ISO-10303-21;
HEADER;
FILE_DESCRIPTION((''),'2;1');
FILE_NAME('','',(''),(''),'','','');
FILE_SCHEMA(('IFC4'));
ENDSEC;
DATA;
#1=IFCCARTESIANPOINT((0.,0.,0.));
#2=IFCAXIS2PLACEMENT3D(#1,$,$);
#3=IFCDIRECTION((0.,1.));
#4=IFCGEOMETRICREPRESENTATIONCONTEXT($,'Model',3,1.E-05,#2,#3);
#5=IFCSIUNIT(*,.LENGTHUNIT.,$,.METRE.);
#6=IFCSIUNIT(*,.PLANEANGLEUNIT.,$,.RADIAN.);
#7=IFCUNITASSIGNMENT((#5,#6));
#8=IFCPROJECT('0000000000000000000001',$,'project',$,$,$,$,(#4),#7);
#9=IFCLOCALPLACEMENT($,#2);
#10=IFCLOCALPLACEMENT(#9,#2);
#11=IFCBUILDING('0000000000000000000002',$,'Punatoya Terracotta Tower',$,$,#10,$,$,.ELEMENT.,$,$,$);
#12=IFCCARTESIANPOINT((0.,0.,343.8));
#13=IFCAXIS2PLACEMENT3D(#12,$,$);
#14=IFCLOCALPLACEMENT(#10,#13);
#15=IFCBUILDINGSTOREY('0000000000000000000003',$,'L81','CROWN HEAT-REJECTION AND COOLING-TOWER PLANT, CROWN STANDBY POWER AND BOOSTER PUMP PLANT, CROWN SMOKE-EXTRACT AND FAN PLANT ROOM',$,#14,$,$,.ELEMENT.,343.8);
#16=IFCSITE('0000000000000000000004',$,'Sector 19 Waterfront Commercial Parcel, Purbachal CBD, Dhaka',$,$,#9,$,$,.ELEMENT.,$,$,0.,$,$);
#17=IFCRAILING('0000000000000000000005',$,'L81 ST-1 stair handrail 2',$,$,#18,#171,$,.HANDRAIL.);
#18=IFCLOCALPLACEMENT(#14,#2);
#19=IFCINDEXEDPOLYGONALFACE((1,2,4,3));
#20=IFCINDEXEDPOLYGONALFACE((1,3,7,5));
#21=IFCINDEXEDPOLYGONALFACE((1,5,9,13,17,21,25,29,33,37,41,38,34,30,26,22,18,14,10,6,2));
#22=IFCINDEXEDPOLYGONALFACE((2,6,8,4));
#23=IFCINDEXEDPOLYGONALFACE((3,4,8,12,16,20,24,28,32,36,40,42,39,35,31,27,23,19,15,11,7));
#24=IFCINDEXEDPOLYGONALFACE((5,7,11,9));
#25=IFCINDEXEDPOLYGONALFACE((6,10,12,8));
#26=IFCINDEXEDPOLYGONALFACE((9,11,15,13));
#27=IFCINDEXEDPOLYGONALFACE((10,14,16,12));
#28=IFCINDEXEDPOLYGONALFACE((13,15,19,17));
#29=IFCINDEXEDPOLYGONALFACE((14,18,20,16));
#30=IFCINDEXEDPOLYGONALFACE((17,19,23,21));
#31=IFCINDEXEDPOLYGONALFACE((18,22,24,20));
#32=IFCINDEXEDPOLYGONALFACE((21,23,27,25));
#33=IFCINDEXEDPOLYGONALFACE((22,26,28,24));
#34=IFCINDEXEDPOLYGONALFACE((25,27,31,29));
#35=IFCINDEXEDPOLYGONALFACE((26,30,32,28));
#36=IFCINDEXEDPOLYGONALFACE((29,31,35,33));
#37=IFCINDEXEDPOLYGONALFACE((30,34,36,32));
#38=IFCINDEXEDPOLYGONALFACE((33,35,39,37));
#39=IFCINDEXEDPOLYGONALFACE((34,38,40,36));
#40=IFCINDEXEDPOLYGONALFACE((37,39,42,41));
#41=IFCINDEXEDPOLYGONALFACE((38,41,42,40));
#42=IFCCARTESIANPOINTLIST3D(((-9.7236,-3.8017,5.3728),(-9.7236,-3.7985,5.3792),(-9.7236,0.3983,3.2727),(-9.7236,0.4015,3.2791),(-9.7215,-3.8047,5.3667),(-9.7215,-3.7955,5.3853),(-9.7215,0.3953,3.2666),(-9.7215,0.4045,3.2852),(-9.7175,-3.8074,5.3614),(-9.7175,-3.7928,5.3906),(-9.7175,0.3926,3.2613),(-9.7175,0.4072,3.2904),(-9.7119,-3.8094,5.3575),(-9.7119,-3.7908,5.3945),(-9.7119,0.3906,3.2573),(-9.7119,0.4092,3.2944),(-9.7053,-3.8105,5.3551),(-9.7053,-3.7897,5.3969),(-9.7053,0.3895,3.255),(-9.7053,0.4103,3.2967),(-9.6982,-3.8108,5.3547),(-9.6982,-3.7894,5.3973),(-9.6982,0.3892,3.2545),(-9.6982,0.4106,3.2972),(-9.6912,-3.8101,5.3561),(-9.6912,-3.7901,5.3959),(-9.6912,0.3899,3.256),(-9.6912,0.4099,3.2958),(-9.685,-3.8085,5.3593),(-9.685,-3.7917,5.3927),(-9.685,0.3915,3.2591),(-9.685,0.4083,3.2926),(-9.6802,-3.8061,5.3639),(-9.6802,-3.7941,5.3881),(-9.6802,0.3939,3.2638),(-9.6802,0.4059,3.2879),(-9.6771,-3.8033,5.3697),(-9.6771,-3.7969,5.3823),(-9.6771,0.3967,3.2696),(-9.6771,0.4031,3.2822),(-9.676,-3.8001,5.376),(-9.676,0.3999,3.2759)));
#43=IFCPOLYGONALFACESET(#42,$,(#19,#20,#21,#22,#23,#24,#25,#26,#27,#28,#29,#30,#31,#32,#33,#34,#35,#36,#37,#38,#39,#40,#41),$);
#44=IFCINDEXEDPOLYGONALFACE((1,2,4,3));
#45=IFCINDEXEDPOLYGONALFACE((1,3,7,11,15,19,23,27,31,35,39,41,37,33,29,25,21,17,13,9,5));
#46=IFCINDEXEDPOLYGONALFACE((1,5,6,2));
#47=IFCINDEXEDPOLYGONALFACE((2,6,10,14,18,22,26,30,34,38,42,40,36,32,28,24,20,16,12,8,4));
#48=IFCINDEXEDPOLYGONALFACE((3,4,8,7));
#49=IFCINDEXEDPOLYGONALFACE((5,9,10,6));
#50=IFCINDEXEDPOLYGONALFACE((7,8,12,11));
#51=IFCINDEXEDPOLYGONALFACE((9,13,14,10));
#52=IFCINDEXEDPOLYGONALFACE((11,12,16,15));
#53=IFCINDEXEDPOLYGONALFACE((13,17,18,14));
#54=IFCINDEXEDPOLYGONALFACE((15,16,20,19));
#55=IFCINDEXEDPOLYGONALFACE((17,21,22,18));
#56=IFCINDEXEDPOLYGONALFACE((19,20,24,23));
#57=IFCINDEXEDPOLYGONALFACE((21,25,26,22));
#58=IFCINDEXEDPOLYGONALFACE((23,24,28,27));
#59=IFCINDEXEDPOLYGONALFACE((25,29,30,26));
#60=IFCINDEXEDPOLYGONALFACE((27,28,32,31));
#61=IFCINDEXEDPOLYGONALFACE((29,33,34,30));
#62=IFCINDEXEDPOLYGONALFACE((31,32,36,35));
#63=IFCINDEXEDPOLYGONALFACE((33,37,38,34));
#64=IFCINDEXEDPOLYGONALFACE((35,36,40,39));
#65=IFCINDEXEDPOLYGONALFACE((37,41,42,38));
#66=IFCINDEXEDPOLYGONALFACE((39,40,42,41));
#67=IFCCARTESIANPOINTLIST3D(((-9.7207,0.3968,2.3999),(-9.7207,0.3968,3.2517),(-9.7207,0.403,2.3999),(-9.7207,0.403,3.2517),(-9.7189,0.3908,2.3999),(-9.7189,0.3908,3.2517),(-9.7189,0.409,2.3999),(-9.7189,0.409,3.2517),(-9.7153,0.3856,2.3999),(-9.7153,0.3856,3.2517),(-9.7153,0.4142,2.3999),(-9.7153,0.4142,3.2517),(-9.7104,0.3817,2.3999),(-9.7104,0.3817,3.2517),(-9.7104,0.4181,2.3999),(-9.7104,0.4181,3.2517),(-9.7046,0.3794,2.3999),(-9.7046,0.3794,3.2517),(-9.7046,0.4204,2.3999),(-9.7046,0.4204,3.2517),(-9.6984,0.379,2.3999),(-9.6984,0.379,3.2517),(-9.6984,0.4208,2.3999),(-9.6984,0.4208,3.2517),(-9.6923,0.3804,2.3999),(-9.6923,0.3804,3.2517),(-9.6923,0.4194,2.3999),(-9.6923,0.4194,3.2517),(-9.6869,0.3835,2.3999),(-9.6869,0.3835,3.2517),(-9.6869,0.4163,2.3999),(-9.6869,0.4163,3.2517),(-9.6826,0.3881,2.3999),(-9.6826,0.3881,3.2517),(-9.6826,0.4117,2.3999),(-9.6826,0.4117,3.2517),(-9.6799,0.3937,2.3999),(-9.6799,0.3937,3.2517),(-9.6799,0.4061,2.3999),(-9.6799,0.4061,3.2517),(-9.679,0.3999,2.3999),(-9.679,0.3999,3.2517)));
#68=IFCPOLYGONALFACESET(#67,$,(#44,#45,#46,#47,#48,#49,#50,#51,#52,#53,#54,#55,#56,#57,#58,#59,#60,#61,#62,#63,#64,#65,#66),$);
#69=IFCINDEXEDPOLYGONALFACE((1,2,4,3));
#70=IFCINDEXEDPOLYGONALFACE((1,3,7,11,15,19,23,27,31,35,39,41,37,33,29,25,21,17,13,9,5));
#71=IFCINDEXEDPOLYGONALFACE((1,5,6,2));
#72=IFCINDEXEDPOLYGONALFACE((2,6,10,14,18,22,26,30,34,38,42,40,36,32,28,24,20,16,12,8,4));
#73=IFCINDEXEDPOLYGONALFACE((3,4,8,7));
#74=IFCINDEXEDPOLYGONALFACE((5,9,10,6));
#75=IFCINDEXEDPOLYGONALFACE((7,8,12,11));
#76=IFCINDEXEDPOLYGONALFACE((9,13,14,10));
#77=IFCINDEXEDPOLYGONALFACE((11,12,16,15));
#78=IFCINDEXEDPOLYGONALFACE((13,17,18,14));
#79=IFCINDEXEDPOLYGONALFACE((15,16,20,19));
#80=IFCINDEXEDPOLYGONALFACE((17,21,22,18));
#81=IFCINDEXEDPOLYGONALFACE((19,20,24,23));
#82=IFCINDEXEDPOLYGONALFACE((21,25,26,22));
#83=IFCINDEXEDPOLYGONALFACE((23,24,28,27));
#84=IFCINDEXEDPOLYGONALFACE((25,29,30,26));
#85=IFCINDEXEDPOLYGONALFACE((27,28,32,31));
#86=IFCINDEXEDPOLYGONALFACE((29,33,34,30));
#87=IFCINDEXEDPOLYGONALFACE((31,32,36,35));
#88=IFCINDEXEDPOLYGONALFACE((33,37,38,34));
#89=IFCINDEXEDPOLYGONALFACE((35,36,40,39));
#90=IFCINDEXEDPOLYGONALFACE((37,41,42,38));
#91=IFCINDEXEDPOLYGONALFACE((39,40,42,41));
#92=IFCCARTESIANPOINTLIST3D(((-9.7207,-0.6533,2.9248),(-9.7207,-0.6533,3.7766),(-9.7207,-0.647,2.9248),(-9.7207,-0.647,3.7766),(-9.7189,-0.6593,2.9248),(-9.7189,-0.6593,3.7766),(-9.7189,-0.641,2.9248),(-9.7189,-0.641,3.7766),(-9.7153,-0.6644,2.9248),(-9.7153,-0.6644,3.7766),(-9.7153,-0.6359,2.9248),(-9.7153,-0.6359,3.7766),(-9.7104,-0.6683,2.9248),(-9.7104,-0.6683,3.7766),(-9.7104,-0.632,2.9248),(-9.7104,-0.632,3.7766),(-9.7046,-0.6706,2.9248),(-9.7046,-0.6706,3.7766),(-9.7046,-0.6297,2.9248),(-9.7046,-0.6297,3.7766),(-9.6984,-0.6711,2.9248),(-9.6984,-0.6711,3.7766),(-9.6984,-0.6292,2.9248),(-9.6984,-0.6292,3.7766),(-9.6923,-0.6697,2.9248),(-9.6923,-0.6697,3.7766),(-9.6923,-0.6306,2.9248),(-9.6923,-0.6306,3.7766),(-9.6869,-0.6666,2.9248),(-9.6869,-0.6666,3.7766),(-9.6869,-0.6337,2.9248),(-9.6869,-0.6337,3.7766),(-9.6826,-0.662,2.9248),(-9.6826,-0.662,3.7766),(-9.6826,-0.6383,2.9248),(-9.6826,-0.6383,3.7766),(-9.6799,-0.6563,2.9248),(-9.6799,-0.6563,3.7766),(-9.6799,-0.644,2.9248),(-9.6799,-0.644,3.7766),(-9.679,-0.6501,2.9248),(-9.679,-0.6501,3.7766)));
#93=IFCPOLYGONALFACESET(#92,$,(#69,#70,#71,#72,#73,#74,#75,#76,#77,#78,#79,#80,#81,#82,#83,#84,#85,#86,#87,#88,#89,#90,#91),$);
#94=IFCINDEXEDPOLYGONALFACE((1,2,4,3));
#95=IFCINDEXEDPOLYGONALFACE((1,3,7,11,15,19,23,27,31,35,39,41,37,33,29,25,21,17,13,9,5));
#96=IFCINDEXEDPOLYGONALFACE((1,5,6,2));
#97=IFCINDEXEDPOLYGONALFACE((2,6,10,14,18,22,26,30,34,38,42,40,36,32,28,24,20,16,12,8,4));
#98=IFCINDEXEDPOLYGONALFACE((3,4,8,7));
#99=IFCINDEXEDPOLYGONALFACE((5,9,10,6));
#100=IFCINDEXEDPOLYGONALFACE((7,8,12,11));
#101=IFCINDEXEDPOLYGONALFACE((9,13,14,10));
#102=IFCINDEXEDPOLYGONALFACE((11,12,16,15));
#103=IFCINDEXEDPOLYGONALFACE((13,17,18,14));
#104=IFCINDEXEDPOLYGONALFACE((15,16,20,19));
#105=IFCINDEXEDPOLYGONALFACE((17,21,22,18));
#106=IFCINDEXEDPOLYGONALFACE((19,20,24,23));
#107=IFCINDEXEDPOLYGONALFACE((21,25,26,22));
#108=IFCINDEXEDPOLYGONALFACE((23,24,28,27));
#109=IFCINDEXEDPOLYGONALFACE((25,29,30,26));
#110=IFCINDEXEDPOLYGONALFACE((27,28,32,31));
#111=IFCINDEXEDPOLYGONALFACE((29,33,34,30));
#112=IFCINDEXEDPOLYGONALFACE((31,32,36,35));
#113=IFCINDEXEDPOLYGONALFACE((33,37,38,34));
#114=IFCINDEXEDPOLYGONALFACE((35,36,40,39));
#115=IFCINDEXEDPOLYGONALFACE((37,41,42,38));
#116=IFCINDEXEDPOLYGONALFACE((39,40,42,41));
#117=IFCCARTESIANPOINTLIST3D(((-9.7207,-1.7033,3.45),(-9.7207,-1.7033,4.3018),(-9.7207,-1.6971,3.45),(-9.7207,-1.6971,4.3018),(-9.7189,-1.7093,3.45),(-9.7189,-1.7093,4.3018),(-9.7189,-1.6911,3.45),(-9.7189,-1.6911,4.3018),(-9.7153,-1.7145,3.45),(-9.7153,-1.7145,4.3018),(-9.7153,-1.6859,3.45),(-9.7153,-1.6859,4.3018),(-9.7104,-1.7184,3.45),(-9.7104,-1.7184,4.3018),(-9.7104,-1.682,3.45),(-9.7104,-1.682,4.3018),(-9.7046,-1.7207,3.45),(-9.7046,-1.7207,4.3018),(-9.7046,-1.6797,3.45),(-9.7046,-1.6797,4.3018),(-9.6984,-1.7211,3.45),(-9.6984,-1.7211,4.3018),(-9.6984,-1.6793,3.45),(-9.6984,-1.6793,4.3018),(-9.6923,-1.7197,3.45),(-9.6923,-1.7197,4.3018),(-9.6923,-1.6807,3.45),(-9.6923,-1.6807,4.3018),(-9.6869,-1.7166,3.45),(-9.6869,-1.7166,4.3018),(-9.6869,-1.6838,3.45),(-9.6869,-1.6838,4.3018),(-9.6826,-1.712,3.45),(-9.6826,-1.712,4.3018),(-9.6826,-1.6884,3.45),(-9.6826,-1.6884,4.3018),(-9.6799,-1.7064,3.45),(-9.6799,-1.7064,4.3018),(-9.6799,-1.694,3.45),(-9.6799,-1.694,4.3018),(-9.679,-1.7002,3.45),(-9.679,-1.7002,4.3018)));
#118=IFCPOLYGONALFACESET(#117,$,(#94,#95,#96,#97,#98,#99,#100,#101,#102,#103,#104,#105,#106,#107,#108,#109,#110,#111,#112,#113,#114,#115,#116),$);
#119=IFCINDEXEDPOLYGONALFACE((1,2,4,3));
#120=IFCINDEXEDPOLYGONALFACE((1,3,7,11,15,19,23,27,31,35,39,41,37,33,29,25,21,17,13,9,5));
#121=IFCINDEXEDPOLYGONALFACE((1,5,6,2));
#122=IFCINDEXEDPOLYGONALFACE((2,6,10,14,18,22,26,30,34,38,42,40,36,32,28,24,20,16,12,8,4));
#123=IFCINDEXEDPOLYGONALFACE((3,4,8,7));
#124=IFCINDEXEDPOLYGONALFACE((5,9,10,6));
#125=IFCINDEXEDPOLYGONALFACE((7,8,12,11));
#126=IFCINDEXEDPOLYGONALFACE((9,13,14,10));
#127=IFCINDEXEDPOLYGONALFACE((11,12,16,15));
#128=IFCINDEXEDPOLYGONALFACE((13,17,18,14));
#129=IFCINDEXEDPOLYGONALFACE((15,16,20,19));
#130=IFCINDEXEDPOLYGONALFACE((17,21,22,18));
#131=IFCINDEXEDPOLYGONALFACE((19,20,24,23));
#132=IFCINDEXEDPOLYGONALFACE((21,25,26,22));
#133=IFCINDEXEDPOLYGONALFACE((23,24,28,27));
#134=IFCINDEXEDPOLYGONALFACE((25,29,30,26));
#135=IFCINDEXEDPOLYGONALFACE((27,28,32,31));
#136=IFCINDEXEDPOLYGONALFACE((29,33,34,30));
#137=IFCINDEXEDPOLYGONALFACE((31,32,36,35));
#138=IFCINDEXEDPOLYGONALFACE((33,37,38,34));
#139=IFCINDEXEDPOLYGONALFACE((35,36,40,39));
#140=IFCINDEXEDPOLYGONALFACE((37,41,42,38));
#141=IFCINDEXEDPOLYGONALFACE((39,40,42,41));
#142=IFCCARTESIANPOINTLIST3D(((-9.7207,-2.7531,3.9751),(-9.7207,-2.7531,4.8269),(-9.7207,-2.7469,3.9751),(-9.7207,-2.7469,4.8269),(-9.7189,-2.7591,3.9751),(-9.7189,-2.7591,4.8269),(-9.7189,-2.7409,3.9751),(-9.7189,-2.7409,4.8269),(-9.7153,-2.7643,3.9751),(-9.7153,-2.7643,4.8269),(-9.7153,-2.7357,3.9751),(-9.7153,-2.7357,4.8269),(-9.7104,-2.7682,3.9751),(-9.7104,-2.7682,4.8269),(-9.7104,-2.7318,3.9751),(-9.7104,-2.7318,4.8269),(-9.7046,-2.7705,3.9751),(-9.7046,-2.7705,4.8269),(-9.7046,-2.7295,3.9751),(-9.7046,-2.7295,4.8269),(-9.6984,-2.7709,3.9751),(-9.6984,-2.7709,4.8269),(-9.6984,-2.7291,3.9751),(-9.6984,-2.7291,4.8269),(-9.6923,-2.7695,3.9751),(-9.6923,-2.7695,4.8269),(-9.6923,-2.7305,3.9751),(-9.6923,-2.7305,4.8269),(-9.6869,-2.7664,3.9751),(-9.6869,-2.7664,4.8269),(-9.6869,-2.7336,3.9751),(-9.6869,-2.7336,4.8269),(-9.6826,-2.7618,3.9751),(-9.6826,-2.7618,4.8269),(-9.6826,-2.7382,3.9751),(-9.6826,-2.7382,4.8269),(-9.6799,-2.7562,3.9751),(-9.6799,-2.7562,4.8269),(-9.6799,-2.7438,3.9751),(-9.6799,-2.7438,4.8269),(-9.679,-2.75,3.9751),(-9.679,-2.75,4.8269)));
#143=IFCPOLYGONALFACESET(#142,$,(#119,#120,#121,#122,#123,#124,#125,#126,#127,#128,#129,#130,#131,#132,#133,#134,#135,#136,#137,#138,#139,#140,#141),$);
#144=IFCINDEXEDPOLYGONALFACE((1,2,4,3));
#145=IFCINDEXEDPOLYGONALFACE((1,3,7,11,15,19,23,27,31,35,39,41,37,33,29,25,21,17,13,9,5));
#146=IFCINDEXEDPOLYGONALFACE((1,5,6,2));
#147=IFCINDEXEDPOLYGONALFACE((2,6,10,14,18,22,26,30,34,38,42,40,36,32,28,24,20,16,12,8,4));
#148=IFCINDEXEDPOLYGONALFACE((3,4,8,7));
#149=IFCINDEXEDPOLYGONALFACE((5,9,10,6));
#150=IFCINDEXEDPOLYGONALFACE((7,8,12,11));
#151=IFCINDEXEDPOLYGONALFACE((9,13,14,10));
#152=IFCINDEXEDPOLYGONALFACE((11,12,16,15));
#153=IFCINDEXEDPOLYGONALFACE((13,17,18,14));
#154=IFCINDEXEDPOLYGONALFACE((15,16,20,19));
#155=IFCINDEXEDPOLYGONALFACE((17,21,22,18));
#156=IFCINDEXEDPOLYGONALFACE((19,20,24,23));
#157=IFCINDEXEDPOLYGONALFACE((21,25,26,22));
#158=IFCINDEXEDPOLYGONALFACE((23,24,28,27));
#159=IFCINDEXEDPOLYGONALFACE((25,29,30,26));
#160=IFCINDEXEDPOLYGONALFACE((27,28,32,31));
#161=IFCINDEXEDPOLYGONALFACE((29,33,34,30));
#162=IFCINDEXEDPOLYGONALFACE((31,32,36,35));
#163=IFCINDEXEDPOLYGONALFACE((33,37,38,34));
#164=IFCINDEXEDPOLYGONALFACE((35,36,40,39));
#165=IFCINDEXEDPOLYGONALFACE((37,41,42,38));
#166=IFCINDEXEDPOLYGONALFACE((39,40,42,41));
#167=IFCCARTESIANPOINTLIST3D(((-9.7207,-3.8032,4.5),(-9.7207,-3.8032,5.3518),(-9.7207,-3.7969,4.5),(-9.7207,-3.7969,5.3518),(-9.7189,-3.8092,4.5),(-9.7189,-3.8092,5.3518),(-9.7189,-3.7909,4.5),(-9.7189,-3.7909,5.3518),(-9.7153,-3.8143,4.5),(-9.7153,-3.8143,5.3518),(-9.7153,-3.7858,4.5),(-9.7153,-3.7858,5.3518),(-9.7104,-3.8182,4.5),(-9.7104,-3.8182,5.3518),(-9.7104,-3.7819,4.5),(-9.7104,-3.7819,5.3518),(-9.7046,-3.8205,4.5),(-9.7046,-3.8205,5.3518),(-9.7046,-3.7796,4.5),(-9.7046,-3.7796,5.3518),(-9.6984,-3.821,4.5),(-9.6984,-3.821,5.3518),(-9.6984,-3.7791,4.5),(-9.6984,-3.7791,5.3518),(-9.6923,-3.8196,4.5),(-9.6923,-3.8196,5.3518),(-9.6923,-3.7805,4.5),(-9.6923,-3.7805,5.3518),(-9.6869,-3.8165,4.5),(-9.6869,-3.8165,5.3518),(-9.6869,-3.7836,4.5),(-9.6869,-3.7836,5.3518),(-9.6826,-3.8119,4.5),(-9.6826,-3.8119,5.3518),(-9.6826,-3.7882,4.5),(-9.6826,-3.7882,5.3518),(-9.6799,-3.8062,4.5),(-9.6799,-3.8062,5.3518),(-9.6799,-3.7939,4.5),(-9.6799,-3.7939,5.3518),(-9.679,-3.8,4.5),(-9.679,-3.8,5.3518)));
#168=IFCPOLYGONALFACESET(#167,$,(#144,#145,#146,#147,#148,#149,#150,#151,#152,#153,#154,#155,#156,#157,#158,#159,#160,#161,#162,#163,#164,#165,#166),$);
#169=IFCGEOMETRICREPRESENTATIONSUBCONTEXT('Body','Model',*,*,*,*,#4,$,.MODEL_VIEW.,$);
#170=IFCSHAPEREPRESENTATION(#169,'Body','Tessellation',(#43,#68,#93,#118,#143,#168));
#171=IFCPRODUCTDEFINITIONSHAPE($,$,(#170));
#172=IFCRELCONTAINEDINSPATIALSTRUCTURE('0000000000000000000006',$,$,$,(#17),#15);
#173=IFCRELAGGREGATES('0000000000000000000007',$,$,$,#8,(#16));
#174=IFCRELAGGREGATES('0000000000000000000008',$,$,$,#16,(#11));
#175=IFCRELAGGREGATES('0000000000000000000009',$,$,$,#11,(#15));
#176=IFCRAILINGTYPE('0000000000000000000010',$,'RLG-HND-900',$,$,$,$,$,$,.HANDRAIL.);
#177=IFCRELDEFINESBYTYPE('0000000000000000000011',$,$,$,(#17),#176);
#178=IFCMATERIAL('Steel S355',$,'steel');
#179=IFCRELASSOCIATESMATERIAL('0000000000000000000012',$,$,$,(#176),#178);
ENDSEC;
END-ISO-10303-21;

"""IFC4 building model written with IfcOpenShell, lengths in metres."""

from ifc_helpers import new_model, si_unit, direction, frame, origin, origin_2d, place, context, subcontext, project, spatial, circle, extrude, material, type_object, element, save


model = new_model("IFC4")

# Units and contexts
model_context = context("Model", 3, precision=1e-05, world=origin(), true_north=direction((0.0, 1.0)))
body_context = subcontext(model_context, "Body", "Model", "MODEL_VIEW")
ifc_project = project(units=[si_unit("LENGTHUNIT", "METRE"), si_unit("PLANEANGLEUNIT", "RADIAN")], contexts=[model_context])

# Site, building, storey
site_placement = place(None, origin())
site = spatial("IfcSite", under=ifc_project, at=site_placement, Name="Sector 19 Waterfront Commercial Parcel, Purbachal CBD, Dhaka", CompositionType="ELEMENT", RefElevation=0.0)
building_placement = place(site_placement, origin())
building = spatial("IfcBuilding", under=site, at=building_placement, Name="Punatoya Terracotta Tower", CompositionType="ELEMENT")
storey_placement = place(building_placement, frame((0.0, 0.0, 343.8)))
storey = spatial("IfcBuildingStorey", under=building, at=storey_placement, Name="L81", Description="CROWN HEAT-REJECTION AND COOLING-TOWER PLANT, CROWN STANDBY POWER AND BOOSTER PUMP PLANT, CROWN SMOKE-EXTRACT AND FAN PLANT ROOM", CompositionType="ELEMENT", Elevation=343.8)

# Railing
ifc_material_1 = material(Name="Steel S355", Category="steel")
railing_type_1 = type_object("IfcRailingType", Name="RLG-HND-900", PredefinedType="HANDRAIL", material=ifc_material_1)
railing_1_placement = place(storey_placement, frame((-9.7, 0.3999, 2.3999)))
element("IfcRailing", 1, at=railing_1_placement, inside=storey, type_object=railing_type_1, Name="L81 ST-1 stair handrail 2", PredefinedType="HANDRAIL", context=body_context, shape_type="SweptSolid", body=[
    extrude(circle(Radius=0.0239, at=origin_2d()), frame((0.0, 0.0, 0.876), z_axis=(0.0, -0.894417, 0.447234), x_axis=(1.0, 0.0, 0.0)), (0.0, 0.0, 1.0), 4.6958),
    extrude(circle(Radius=0.021, at=origin_2d()), origin(), (0.0, 0.0, 1.0), 0.8518),
    extrude(circle(Radius=0.021, at=origin_2d()), frame((0.0, -1.05, 0.5249)), (0.0, 0.0, 1.0), 0.8518),
    extrude(circle(Radius=0.021, at=origin_2d()), frame((0.0, -2.1001, 1.05)), (0.0, 0.0, 1.0), 0.8518),
    extrude(circle(Radius=0.021, at=origin_2d()), frame((0.0, -3.1499, 1.5752)), (0.0, 0.0, 1.0), 0.8518),
    extrude(circle(Radius=0.021, at=origin_2d()), frame((0.0, -4.2, 2.1001)), (0.0, 0.0, 1.0), 0.8518),
])

save(model, "model.ifc")
